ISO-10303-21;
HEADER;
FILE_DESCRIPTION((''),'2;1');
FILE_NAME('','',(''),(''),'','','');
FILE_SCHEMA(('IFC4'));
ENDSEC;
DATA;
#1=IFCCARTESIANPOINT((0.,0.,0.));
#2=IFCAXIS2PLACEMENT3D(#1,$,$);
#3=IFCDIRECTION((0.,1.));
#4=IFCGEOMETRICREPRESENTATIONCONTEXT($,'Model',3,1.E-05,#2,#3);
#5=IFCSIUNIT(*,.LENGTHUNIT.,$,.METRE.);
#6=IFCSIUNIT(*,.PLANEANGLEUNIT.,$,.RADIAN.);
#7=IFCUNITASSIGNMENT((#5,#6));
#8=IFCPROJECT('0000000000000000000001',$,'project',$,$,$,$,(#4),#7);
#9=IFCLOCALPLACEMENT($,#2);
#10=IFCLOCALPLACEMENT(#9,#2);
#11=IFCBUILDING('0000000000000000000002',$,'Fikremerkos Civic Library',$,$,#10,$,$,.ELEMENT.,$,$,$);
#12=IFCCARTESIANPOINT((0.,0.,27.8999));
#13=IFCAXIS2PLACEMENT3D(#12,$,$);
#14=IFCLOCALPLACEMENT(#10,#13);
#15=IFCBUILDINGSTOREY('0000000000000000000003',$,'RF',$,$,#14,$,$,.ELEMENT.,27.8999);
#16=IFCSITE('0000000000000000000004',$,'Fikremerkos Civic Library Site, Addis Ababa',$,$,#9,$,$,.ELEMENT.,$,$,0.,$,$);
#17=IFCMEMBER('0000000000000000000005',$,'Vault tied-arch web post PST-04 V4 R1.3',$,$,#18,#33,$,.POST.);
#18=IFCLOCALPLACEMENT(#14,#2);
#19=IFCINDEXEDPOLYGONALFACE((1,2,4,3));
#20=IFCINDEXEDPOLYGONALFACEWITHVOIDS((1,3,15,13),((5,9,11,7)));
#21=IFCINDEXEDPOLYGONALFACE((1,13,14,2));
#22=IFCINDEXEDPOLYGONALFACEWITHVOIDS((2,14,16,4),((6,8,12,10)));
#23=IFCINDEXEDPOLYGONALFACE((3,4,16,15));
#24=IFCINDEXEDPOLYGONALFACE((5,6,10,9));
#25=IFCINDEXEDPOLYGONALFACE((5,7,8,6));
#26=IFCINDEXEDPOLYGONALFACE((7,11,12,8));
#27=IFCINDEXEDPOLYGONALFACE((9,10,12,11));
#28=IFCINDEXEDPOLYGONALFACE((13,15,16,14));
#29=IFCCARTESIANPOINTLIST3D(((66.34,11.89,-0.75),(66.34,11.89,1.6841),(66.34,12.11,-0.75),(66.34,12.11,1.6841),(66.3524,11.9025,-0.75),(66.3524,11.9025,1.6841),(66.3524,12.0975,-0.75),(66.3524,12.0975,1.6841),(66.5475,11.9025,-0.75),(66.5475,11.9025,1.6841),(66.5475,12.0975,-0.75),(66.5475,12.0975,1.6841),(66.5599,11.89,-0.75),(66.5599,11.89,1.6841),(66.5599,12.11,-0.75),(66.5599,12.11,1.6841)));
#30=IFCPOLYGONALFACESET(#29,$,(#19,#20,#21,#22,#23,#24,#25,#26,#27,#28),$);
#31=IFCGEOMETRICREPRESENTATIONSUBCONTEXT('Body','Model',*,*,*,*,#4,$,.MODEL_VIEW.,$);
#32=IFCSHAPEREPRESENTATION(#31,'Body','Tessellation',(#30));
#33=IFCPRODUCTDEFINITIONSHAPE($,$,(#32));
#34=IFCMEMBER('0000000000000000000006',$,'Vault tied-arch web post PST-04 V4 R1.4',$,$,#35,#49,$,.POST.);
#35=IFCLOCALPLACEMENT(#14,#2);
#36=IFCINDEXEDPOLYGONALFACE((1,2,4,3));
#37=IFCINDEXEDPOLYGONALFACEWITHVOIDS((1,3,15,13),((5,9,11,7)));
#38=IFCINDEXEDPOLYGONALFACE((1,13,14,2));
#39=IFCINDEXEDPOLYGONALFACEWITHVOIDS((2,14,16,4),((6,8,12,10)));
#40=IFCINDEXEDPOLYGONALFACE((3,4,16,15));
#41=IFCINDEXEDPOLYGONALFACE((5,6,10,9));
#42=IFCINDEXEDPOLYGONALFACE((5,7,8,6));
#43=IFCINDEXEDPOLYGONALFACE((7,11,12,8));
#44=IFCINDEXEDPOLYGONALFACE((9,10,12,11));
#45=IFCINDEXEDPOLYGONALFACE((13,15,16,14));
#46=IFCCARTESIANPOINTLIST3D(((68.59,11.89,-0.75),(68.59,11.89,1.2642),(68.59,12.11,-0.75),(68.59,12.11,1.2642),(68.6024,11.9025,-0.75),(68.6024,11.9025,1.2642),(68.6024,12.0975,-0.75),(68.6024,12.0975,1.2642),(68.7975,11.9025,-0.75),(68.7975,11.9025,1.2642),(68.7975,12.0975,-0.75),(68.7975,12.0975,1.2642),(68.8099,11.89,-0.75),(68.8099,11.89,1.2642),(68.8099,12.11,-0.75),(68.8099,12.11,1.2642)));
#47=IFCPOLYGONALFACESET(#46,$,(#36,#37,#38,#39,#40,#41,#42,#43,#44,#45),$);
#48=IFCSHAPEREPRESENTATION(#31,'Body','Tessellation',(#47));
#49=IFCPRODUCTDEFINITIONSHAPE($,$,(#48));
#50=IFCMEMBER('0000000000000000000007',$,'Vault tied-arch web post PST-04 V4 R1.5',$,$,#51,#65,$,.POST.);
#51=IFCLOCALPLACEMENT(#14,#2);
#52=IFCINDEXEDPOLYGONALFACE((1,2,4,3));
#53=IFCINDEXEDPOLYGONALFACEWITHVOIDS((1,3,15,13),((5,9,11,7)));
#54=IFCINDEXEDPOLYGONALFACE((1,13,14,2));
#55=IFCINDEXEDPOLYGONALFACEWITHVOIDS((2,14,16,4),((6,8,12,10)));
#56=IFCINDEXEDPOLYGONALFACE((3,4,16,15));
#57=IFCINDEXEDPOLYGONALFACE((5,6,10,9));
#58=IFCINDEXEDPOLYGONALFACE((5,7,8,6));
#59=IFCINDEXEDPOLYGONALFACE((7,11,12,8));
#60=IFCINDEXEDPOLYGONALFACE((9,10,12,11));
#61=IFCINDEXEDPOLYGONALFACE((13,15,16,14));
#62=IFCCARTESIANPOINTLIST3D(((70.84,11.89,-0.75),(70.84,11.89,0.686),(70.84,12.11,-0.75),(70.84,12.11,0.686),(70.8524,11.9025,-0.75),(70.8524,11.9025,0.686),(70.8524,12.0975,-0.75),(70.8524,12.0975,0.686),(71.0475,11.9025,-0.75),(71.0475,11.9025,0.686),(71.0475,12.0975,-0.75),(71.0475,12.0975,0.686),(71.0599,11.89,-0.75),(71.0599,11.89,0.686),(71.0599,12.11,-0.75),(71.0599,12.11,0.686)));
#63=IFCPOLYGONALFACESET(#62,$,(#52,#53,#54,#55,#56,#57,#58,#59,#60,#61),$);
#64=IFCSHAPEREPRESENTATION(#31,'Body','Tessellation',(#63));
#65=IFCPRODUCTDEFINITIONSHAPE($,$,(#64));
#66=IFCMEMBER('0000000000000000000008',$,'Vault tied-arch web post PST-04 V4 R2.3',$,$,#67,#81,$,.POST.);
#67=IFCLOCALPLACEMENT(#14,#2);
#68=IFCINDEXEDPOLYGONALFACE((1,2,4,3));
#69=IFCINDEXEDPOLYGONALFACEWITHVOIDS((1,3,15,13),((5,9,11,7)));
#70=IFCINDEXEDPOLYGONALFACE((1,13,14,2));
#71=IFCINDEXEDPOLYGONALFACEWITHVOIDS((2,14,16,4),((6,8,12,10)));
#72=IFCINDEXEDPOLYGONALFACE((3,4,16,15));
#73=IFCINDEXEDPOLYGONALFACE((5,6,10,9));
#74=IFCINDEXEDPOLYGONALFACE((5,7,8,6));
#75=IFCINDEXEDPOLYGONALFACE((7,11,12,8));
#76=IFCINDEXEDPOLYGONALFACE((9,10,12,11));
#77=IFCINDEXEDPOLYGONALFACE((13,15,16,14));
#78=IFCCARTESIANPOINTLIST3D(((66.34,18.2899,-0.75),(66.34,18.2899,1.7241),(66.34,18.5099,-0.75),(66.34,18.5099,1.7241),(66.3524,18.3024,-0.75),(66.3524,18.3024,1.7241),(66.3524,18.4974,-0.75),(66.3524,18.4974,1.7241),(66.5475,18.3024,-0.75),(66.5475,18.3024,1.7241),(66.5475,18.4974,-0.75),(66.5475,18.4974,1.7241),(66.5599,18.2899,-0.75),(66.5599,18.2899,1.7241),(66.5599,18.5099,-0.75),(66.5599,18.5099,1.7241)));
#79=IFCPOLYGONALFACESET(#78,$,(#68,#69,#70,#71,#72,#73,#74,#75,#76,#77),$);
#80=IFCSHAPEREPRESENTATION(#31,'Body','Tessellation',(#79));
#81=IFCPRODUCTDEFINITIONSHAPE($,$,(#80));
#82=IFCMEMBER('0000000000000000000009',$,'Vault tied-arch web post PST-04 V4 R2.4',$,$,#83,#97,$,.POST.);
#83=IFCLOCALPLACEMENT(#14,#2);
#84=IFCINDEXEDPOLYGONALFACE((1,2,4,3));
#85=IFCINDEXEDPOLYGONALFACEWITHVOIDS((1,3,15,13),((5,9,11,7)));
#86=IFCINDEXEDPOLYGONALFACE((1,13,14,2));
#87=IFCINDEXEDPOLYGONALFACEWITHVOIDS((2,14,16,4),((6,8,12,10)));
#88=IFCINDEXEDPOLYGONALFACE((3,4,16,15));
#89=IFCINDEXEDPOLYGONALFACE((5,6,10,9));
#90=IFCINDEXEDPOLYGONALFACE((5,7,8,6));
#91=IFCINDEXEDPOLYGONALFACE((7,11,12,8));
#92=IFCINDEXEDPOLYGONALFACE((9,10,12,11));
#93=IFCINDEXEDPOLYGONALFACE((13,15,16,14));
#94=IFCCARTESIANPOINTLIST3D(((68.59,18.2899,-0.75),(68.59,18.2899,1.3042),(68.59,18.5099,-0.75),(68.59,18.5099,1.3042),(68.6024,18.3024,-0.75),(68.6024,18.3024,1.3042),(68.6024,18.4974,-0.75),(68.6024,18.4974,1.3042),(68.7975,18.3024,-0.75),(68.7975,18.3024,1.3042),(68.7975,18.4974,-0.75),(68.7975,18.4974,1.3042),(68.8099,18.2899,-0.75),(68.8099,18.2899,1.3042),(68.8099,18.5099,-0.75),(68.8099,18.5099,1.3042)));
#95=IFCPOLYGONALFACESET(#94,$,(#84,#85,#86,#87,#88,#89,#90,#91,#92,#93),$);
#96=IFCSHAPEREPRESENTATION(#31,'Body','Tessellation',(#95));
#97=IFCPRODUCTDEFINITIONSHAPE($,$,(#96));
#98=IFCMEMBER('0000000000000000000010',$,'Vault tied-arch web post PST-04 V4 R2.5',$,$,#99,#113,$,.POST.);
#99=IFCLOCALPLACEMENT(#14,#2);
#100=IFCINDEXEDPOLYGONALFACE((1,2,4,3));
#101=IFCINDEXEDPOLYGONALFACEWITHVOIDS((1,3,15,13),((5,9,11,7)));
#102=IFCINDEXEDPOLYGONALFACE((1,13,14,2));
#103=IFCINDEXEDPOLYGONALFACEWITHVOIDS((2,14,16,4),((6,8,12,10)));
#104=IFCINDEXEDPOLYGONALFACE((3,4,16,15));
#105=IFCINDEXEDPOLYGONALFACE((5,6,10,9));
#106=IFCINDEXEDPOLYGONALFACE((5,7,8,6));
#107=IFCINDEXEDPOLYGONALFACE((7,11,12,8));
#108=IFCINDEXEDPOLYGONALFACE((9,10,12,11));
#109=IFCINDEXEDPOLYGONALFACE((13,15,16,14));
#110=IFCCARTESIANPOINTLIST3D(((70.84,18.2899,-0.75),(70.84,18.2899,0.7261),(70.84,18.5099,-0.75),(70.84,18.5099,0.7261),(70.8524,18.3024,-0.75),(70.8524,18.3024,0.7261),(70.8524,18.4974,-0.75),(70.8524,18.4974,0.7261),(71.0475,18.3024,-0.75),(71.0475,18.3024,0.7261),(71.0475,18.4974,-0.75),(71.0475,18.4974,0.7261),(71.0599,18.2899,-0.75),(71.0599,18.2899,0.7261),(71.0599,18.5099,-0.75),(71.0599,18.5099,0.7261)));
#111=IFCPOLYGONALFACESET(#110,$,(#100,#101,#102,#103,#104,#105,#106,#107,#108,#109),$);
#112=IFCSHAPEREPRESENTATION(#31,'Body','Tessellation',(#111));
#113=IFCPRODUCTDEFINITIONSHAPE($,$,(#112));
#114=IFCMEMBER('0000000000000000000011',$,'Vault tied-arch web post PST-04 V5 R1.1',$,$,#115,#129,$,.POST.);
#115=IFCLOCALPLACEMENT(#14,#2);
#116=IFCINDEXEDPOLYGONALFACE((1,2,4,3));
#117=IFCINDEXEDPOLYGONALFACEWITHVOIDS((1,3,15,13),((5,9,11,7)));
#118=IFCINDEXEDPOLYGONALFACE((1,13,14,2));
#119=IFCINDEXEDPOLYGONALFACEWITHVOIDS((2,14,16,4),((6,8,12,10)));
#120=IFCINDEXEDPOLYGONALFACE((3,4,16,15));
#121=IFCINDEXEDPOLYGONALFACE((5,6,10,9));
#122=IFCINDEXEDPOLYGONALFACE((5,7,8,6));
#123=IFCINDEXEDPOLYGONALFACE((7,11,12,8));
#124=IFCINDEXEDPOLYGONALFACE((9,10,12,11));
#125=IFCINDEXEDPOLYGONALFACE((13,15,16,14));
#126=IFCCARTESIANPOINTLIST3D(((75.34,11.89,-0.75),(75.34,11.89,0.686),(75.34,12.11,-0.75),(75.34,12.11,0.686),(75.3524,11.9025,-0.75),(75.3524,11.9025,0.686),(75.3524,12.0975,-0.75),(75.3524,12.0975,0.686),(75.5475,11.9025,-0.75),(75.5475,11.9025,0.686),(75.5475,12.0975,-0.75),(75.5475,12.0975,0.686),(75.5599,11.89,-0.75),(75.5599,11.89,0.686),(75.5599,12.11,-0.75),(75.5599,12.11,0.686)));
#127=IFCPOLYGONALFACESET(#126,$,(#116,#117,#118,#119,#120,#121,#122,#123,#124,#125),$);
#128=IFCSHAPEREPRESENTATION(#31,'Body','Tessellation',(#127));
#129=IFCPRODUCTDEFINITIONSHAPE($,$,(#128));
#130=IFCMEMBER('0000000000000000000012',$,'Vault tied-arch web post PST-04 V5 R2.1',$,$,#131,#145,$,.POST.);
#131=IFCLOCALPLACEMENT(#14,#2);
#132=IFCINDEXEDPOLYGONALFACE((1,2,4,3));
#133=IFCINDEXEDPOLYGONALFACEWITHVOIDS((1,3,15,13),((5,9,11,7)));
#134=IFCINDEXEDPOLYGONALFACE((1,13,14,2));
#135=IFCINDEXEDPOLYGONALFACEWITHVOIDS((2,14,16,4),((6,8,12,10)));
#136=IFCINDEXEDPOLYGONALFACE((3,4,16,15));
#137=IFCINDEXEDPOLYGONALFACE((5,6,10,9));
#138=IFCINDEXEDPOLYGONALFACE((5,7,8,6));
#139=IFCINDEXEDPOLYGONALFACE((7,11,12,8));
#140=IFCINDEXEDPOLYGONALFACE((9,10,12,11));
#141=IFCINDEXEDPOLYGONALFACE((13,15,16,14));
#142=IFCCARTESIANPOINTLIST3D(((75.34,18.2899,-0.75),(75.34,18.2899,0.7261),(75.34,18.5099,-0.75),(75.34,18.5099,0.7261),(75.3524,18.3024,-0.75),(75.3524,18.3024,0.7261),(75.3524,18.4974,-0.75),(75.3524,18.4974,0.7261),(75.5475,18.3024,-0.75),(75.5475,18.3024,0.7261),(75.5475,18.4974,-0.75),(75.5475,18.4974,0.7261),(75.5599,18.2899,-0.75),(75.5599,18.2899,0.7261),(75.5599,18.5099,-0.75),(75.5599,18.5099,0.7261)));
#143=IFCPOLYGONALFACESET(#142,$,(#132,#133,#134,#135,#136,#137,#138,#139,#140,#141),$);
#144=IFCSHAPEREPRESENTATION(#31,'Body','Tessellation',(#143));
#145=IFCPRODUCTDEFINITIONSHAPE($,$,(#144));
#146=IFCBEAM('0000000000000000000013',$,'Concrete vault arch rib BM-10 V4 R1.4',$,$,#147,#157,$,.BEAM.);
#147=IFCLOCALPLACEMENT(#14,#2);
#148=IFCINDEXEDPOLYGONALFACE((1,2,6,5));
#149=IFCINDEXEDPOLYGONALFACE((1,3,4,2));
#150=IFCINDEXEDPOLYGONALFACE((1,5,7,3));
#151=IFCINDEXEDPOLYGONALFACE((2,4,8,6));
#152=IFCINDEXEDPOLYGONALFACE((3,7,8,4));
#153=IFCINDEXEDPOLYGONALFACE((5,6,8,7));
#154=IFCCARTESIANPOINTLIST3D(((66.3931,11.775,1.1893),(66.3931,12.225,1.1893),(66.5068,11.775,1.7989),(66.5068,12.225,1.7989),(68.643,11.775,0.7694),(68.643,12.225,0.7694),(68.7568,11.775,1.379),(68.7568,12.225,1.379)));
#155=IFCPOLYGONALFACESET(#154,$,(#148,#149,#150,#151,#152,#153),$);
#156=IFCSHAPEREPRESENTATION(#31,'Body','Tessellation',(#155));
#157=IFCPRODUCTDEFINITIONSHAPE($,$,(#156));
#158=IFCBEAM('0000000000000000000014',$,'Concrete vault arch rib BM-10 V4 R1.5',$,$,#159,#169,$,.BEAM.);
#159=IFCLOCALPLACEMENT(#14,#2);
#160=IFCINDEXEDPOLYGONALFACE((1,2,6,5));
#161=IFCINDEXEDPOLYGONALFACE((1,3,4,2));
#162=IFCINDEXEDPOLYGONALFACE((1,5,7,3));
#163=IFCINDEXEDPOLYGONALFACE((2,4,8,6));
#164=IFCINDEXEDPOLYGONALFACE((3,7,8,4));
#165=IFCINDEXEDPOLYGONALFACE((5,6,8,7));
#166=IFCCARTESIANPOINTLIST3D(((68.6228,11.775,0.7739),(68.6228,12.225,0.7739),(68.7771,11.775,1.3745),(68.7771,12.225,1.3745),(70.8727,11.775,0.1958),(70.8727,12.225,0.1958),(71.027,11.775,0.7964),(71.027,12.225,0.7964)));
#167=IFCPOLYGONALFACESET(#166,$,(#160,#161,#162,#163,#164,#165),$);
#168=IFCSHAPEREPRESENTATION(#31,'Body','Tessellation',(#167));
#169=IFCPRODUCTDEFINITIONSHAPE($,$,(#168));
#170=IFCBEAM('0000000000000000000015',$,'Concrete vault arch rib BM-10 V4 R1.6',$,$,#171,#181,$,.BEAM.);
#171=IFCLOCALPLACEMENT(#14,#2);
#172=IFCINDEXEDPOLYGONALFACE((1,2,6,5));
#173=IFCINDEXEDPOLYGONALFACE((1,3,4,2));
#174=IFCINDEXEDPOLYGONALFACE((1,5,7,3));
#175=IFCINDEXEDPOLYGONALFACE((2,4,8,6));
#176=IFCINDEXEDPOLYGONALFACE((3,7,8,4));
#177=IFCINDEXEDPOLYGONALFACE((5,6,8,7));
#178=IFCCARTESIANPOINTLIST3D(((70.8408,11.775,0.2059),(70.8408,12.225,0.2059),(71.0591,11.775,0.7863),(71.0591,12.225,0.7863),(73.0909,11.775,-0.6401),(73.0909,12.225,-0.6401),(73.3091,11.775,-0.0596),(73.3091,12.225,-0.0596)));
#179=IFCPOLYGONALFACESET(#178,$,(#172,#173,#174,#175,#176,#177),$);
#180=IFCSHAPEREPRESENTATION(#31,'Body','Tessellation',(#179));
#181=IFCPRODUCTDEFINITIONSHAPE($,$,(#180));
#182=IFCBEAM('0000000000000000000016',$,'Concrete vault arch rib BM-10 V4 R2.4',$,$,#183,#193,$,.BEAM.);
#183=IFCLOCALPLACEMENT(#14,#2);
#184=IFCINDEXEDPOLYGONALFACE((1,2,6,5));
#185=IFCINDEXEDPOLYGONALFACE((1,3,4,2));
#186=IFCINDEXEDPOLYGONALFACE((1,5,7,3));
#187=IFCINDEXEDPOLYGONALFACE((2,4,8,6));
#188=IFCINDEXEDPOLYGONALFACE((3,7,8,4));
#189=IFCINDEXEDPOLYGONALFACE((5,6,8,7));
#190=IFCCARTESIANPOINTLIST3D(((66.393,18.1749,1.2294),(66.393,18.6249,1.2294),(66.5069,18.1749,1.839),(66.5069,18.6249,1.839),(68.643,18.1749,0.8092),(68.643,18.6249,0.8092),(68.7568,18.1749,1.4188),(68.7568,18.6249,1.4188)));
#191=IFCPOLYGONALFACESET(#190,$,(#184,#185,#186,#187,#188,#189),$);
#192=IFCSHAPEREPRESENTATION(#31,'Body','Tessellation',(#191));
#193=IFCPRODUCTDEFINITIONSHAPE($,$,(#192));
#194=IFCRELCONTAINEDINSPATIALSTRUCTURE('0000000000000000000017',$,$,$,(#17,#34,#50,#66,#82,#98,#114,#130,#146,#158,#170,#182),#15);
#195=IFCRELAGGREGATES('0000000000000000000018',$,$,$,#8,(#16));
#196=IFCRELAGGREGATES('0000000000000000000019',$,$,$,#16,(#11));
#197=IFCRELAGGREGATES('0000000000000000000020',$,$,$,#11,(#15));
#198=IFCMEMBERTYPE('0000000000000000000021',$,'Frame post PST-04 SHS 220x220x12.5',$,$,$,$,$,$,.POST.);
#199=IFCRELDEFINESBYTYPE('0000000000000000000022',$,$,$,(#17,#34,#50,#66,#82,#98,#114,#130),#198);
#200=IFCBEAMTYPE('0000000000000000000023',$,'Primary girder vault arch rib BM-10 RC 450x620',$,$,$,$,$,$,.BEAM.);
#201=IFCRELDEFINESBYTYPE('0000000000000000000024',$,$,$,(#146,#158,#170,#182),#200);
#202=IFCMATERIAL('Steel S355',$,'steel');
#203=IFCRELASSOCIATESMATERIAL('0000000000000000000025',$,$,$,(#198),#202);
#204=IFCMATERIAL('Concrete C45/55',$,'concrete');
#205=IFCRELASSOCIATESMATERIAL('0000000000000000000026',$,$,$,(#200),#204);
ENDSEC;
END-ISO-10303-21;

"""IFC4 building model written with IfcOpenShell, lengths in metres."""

from ifc_helpers import new_model, si_unit, direction, frame, origin, origin_2d, place, context, subcontext, project, spatial, rectangle, hollow_rectangle, extrude, material, material_profile, profile_set, type_object, element, save


model = new_model("IFC4")

# Units and contexts
model_context = context("Model", 3, precision=1e-05, world=origin(), true_north=direction((0.0, 1.0)))
body_context = subcontext(model_context, "Body", "Model", "MODEL_VIEW")
ifc_project = project(units=[si_unit("LENGTHUNIT", "METRE"), si_unit("PLANEANGLEUNIT", "RADIAN")], contexts=[model_context])

# Site, building, storey
site_placement = place(None, origin())
site = spatial("IfcSite", under=ifc_project, at=site_placement, Name="Fikremerkos Civic Library Site, Addis Ababa", CompositionType="ELEMENT", RefElevation=0.0)
building_placement = place(site_placement, origin())
building = spatial("IfcBuilding", under=site, at=building_placement, Name="Fikremerkos Civic Library", CompositionType="ELEMENT")
storey_placement = place(building_placement, frame((0.0, 0.0, 27.8999)))
storey = spatial("IfcBuildingStorey", under=building, at=storey_placement, Name="RF", CompositionType="ELEMENT", Elevation=27.8999)

# Members
ifc_material_1 = material(Name="Steel S355", Category="steel")
ifc_material_profile_1 = material_profile(ifc_material_1, hollow_rectangle(XDim=0.22, YDim=0.22, WallThickness=0.0125, at=origin_2d()), Name="SHS 220x220x12.5")
ifc_profile_set_1 = profile_set([ifc_material_profile_1], Name="Steel S355")
member_type_1 = type_object("IfcMemberType", Name="Frame post PST-04 SHS 220x220x12.5", PredefinedType="POST", material=ifc_profile_set_1)
member_1_placement = place(storey_placement, frame((66.45, 12.0, -0.75), z_axis=(0.0, 0.0, 1.0), x_axis=(1.0, 0.0, 0.0)))
element("IfcMember", 1, at=member_1_placement, inside=storey, type_object=member_type_1, Name="Vault tied-arch web post PST-04 V4 R1.3", PredefinedType="POST", context=body_context, shape_type="SweptSolid", body=[
    extrude(hollow_rectangle(XDim=0.22, YDim=0.22, WallThickness=0.0125, at=origin_2d()), origin(), (0.0, 0.0, 1.0), 2.4341),
])
member_2_placement = place(storey_placement, frame((68.7, 12.0, -0.75), z_axis=(0.0, 0.0, 1.0), x_axis=(1.0, 0.0, 0.0)))
element("IfcMember", 2, at=member_2_placement, inside=storey, type_object=member_type_1, Name="Vault tied-arch web post PST-04 V4 R1.4", PredefinedType="POST", context=body_context, shape_type="SweptSolid", body=[
    extrude(hollow_rectangle(XDim=0.22, YDim=0.22, WallThickness=0.0125, at=origin_2d()), origin(), (0.0, 0.0, 1.0), 2.0142),
])
member_3_placement = place(storey_placement, frame((70.95, 12.0, -0.75), z_axis=(0.0, 0.0, 1.0), x_axis=(1.0, 0.0, 0.0)))
element("IfcMember", 3, at=member_3_placement, inside=storey, type_object=member_type_1, Name="Vault tied-arch web post PST-04 V4 R1.5", PredefinedType="POST", context=body_context, shape_type="SweptSolid", body=[
    extrude(hollow_rectangle(XDim=0.22, YDim=0.22, WallThickness=0.0125, at=origin_2d()), origin(), (0.0, 0.0, 1.0), 1.436),
])
member_4_placement = place(storey_placement, frame((66.45, 18.3999, -0.75), z_axis=(0.0, 0.0, 1.0), x_axis=(1.0, 0.0, 0.0)))
element("IfcMember", 4, at=member_4_placement, inside=storey, type_object=member_type_1, Name="Vault tied-arch web post PST-04 V4 R2.3", PredefinedType="POST", context=body_context, shape_type="SweptSolid", body=[
    extrude(hollow_rectangle(XDim=0.22, YDim=0.22, WallThickness=0.0125, at=origin_2d()), origin(), (0.0, 0.0, 1.0), 2.4741),
])
member_5_placement = place(storey_placement, frame((68.7, 18.3999, -0.75), z_axis=(0.0, 0.0, 1.0), x_axis=(1.0, 0.0, 0.0)))
element("IfcMember", 5, at=member_5_placement, inside=storey, type_object=member_type_1, Name="Vault tied-arch web post PST-04 V4 R2.4", PredefinedType="POST", context=body_context, shape_type="SweptSolid", body=[
    extrude(hollow_rectangle(XDim=0.22, YDim=0.22, WallThickness=0.0125, at=origin_2d()), origin(), (0.0, 0.0, 1.0), 2.0542),
])
member_6_placement = place(storey_placement, frame((70.95, 18.3999, -0.75), z_axis=(0.0, 0.0, 1.0), x_axis=(1.0, 0.0, 0.0)))
element("IfcMember", 6, at=member_6_placement, inside=storey, type_object=member_type_1, Name="Vault tied-arch web post PST-04 V4 R2.5", PredefinedType="POST", context=body_context, shape_type="SweptSolid", body=[
    extrude(hollow_rectangle(XDim=0.22, YDim=0.22, WallThickness=0.0125, at=origin_2d()), origin(), (0.0, 0.0, 1.0), 1.4761),
])
member_7_placement = place(storey_placement, frame((75.45, 12.0, -0.75), z_axis=(0.0, 0.0, 1.0), x_axis=(1.0, 0.0, 0.0)))
element("IfcMember", 7, at=member_7_placement, inside=storey, type_object=member_type_1, Name="Vault tied-arch web post PST-04 V5 R1.1", PredefinedType="POST", context=body_context, shape_type="SweptSolid", body=[
    extrude(hollow_rectangle(XDim=0.22, YDim=0.22, WallThickness=0.0125, at=origin_2d()), origin(), (0.0, 0.0, 1.0), 1.436),
])
member_8_placement = place(storey_placement, frame((75.45, 18.3999, -0.75), z_axis=(0.0, 0.0, 1.0), x_axis=(1.0, 0.0, 0.0)))
element("IfcMember", 8, at=member_8_placement, inside=storey, type_object=member_type_1, Name="Vault tied-arch web post PST-04 V5 R2.1", PredefinedType="POST", context=body_context, shape_type="SweptSolid", body=[
    extrude(hollow_rectangle(XDim=0.22, YDim=0.22, WallThickness=0.0125, at=origin_2d()), origin(), (0.0, 0.0, 1.0), 1.4761),
])

# Beams
ifc_material_2 = material(Name="Concrete C45/55", Category="concrete")
ifc_material_profile_2 = material_profile(ifc_material_2, rectangle(XDim=0.45, YDim=0.6201, at=origin_2d()), Name="RC 450x620")
ifc_profile_set_2 = profile_set([ifc_material_profile_2], Name="Concrete C45/55")
beam_type_1 = type_object("IfcBeamType", Name="Primary girder vault arch rib BM-10 RC 450x620", PredefinedType="BEAM", material=ifc_profile_set_2)
beam_1_placement = place(storey_placement, frame((66.45, 12.0, 1.4941), z_axis=(0.983026, 0.0, -0.183464), x_axis=(0.0, 1.0, 0.0)))
element("IfcBeam", 9, at=beam_1_placement, inside=storey, type_object=beam_type_1, Name="Concrete vault arch rib BM-10 V4 R1.4", PredefinedType="BEAM", context=body_context, shape_type="SweptSolid", body=[
    extrude(rectangle(XDim=0.45, YDim=0.6201, at=origin_2d()), origin(), (0.0, 0.0, 1.0), 2.2888),
])
beam_2_placement = place(storey_placement, frame((68.7, 12.0, 1.0742), z_axis=(0.968539, 0.0, -0.248861), x_axis=(0.0, 1.0, 0.0)))
element("IfcBeam", 10, at=beam_2_placement, inside=storey, type_object=beam_type_1, Name="Concrete vault arch rib BM-10 V4 R1.5", PredefinedType="BEAM", context=body_context, shape_type="SweptSolid", body=[
    extrude(rectangle(XDim=0.45, YDim=0.6201, at=origin_2d()), origin(), (0.0, 0.0, 1.0), 2.323),
])
beam_3_placement = place(storey_placement, frame((70.95, 12.0, 0.4961), z_axis=(0.936028, 0.0, -0.351925), x_axis=(0.0, 1.0, 0.0)))
element("IfcBeam", 11, at=beam_3_placement, inside=storey, type_object=beam_type_1, Name="Concrete vault arch rib BM-10 V4 R1.6", PredefinedType="BEAM", context=body_context, shape_type="SweptSolid", body=[
    extrude(rectangle(XDim=0.45, YDim=0.6201, at=origin_2d()), origin(), (0.0, 0.0, 1.0), 2.4038),
])
beam_4_placement = place(storey_placement, frame((66.45, 18.3999, 1.5342), z_axis=(0.983007, 0.0, -0.183567), x_axis=(0.0, 1.0, 0.0)))
element("IfcBeam", 12, at=beam_4_placement, inside=storey, type_object=beam_type_1, Name="Concrete vault arch rib BM-10 V4 R2.4", PredefinedType="BEAM", context=body_context, shape_type="SweptSolid", body=[
    extrude(rectangle(XDim=0.45, YDim=0.6201, at=origin_2d()), origin(), (0.0, 0.0, 1.0), 2.2888),
])

save(model, "model.ifc")
